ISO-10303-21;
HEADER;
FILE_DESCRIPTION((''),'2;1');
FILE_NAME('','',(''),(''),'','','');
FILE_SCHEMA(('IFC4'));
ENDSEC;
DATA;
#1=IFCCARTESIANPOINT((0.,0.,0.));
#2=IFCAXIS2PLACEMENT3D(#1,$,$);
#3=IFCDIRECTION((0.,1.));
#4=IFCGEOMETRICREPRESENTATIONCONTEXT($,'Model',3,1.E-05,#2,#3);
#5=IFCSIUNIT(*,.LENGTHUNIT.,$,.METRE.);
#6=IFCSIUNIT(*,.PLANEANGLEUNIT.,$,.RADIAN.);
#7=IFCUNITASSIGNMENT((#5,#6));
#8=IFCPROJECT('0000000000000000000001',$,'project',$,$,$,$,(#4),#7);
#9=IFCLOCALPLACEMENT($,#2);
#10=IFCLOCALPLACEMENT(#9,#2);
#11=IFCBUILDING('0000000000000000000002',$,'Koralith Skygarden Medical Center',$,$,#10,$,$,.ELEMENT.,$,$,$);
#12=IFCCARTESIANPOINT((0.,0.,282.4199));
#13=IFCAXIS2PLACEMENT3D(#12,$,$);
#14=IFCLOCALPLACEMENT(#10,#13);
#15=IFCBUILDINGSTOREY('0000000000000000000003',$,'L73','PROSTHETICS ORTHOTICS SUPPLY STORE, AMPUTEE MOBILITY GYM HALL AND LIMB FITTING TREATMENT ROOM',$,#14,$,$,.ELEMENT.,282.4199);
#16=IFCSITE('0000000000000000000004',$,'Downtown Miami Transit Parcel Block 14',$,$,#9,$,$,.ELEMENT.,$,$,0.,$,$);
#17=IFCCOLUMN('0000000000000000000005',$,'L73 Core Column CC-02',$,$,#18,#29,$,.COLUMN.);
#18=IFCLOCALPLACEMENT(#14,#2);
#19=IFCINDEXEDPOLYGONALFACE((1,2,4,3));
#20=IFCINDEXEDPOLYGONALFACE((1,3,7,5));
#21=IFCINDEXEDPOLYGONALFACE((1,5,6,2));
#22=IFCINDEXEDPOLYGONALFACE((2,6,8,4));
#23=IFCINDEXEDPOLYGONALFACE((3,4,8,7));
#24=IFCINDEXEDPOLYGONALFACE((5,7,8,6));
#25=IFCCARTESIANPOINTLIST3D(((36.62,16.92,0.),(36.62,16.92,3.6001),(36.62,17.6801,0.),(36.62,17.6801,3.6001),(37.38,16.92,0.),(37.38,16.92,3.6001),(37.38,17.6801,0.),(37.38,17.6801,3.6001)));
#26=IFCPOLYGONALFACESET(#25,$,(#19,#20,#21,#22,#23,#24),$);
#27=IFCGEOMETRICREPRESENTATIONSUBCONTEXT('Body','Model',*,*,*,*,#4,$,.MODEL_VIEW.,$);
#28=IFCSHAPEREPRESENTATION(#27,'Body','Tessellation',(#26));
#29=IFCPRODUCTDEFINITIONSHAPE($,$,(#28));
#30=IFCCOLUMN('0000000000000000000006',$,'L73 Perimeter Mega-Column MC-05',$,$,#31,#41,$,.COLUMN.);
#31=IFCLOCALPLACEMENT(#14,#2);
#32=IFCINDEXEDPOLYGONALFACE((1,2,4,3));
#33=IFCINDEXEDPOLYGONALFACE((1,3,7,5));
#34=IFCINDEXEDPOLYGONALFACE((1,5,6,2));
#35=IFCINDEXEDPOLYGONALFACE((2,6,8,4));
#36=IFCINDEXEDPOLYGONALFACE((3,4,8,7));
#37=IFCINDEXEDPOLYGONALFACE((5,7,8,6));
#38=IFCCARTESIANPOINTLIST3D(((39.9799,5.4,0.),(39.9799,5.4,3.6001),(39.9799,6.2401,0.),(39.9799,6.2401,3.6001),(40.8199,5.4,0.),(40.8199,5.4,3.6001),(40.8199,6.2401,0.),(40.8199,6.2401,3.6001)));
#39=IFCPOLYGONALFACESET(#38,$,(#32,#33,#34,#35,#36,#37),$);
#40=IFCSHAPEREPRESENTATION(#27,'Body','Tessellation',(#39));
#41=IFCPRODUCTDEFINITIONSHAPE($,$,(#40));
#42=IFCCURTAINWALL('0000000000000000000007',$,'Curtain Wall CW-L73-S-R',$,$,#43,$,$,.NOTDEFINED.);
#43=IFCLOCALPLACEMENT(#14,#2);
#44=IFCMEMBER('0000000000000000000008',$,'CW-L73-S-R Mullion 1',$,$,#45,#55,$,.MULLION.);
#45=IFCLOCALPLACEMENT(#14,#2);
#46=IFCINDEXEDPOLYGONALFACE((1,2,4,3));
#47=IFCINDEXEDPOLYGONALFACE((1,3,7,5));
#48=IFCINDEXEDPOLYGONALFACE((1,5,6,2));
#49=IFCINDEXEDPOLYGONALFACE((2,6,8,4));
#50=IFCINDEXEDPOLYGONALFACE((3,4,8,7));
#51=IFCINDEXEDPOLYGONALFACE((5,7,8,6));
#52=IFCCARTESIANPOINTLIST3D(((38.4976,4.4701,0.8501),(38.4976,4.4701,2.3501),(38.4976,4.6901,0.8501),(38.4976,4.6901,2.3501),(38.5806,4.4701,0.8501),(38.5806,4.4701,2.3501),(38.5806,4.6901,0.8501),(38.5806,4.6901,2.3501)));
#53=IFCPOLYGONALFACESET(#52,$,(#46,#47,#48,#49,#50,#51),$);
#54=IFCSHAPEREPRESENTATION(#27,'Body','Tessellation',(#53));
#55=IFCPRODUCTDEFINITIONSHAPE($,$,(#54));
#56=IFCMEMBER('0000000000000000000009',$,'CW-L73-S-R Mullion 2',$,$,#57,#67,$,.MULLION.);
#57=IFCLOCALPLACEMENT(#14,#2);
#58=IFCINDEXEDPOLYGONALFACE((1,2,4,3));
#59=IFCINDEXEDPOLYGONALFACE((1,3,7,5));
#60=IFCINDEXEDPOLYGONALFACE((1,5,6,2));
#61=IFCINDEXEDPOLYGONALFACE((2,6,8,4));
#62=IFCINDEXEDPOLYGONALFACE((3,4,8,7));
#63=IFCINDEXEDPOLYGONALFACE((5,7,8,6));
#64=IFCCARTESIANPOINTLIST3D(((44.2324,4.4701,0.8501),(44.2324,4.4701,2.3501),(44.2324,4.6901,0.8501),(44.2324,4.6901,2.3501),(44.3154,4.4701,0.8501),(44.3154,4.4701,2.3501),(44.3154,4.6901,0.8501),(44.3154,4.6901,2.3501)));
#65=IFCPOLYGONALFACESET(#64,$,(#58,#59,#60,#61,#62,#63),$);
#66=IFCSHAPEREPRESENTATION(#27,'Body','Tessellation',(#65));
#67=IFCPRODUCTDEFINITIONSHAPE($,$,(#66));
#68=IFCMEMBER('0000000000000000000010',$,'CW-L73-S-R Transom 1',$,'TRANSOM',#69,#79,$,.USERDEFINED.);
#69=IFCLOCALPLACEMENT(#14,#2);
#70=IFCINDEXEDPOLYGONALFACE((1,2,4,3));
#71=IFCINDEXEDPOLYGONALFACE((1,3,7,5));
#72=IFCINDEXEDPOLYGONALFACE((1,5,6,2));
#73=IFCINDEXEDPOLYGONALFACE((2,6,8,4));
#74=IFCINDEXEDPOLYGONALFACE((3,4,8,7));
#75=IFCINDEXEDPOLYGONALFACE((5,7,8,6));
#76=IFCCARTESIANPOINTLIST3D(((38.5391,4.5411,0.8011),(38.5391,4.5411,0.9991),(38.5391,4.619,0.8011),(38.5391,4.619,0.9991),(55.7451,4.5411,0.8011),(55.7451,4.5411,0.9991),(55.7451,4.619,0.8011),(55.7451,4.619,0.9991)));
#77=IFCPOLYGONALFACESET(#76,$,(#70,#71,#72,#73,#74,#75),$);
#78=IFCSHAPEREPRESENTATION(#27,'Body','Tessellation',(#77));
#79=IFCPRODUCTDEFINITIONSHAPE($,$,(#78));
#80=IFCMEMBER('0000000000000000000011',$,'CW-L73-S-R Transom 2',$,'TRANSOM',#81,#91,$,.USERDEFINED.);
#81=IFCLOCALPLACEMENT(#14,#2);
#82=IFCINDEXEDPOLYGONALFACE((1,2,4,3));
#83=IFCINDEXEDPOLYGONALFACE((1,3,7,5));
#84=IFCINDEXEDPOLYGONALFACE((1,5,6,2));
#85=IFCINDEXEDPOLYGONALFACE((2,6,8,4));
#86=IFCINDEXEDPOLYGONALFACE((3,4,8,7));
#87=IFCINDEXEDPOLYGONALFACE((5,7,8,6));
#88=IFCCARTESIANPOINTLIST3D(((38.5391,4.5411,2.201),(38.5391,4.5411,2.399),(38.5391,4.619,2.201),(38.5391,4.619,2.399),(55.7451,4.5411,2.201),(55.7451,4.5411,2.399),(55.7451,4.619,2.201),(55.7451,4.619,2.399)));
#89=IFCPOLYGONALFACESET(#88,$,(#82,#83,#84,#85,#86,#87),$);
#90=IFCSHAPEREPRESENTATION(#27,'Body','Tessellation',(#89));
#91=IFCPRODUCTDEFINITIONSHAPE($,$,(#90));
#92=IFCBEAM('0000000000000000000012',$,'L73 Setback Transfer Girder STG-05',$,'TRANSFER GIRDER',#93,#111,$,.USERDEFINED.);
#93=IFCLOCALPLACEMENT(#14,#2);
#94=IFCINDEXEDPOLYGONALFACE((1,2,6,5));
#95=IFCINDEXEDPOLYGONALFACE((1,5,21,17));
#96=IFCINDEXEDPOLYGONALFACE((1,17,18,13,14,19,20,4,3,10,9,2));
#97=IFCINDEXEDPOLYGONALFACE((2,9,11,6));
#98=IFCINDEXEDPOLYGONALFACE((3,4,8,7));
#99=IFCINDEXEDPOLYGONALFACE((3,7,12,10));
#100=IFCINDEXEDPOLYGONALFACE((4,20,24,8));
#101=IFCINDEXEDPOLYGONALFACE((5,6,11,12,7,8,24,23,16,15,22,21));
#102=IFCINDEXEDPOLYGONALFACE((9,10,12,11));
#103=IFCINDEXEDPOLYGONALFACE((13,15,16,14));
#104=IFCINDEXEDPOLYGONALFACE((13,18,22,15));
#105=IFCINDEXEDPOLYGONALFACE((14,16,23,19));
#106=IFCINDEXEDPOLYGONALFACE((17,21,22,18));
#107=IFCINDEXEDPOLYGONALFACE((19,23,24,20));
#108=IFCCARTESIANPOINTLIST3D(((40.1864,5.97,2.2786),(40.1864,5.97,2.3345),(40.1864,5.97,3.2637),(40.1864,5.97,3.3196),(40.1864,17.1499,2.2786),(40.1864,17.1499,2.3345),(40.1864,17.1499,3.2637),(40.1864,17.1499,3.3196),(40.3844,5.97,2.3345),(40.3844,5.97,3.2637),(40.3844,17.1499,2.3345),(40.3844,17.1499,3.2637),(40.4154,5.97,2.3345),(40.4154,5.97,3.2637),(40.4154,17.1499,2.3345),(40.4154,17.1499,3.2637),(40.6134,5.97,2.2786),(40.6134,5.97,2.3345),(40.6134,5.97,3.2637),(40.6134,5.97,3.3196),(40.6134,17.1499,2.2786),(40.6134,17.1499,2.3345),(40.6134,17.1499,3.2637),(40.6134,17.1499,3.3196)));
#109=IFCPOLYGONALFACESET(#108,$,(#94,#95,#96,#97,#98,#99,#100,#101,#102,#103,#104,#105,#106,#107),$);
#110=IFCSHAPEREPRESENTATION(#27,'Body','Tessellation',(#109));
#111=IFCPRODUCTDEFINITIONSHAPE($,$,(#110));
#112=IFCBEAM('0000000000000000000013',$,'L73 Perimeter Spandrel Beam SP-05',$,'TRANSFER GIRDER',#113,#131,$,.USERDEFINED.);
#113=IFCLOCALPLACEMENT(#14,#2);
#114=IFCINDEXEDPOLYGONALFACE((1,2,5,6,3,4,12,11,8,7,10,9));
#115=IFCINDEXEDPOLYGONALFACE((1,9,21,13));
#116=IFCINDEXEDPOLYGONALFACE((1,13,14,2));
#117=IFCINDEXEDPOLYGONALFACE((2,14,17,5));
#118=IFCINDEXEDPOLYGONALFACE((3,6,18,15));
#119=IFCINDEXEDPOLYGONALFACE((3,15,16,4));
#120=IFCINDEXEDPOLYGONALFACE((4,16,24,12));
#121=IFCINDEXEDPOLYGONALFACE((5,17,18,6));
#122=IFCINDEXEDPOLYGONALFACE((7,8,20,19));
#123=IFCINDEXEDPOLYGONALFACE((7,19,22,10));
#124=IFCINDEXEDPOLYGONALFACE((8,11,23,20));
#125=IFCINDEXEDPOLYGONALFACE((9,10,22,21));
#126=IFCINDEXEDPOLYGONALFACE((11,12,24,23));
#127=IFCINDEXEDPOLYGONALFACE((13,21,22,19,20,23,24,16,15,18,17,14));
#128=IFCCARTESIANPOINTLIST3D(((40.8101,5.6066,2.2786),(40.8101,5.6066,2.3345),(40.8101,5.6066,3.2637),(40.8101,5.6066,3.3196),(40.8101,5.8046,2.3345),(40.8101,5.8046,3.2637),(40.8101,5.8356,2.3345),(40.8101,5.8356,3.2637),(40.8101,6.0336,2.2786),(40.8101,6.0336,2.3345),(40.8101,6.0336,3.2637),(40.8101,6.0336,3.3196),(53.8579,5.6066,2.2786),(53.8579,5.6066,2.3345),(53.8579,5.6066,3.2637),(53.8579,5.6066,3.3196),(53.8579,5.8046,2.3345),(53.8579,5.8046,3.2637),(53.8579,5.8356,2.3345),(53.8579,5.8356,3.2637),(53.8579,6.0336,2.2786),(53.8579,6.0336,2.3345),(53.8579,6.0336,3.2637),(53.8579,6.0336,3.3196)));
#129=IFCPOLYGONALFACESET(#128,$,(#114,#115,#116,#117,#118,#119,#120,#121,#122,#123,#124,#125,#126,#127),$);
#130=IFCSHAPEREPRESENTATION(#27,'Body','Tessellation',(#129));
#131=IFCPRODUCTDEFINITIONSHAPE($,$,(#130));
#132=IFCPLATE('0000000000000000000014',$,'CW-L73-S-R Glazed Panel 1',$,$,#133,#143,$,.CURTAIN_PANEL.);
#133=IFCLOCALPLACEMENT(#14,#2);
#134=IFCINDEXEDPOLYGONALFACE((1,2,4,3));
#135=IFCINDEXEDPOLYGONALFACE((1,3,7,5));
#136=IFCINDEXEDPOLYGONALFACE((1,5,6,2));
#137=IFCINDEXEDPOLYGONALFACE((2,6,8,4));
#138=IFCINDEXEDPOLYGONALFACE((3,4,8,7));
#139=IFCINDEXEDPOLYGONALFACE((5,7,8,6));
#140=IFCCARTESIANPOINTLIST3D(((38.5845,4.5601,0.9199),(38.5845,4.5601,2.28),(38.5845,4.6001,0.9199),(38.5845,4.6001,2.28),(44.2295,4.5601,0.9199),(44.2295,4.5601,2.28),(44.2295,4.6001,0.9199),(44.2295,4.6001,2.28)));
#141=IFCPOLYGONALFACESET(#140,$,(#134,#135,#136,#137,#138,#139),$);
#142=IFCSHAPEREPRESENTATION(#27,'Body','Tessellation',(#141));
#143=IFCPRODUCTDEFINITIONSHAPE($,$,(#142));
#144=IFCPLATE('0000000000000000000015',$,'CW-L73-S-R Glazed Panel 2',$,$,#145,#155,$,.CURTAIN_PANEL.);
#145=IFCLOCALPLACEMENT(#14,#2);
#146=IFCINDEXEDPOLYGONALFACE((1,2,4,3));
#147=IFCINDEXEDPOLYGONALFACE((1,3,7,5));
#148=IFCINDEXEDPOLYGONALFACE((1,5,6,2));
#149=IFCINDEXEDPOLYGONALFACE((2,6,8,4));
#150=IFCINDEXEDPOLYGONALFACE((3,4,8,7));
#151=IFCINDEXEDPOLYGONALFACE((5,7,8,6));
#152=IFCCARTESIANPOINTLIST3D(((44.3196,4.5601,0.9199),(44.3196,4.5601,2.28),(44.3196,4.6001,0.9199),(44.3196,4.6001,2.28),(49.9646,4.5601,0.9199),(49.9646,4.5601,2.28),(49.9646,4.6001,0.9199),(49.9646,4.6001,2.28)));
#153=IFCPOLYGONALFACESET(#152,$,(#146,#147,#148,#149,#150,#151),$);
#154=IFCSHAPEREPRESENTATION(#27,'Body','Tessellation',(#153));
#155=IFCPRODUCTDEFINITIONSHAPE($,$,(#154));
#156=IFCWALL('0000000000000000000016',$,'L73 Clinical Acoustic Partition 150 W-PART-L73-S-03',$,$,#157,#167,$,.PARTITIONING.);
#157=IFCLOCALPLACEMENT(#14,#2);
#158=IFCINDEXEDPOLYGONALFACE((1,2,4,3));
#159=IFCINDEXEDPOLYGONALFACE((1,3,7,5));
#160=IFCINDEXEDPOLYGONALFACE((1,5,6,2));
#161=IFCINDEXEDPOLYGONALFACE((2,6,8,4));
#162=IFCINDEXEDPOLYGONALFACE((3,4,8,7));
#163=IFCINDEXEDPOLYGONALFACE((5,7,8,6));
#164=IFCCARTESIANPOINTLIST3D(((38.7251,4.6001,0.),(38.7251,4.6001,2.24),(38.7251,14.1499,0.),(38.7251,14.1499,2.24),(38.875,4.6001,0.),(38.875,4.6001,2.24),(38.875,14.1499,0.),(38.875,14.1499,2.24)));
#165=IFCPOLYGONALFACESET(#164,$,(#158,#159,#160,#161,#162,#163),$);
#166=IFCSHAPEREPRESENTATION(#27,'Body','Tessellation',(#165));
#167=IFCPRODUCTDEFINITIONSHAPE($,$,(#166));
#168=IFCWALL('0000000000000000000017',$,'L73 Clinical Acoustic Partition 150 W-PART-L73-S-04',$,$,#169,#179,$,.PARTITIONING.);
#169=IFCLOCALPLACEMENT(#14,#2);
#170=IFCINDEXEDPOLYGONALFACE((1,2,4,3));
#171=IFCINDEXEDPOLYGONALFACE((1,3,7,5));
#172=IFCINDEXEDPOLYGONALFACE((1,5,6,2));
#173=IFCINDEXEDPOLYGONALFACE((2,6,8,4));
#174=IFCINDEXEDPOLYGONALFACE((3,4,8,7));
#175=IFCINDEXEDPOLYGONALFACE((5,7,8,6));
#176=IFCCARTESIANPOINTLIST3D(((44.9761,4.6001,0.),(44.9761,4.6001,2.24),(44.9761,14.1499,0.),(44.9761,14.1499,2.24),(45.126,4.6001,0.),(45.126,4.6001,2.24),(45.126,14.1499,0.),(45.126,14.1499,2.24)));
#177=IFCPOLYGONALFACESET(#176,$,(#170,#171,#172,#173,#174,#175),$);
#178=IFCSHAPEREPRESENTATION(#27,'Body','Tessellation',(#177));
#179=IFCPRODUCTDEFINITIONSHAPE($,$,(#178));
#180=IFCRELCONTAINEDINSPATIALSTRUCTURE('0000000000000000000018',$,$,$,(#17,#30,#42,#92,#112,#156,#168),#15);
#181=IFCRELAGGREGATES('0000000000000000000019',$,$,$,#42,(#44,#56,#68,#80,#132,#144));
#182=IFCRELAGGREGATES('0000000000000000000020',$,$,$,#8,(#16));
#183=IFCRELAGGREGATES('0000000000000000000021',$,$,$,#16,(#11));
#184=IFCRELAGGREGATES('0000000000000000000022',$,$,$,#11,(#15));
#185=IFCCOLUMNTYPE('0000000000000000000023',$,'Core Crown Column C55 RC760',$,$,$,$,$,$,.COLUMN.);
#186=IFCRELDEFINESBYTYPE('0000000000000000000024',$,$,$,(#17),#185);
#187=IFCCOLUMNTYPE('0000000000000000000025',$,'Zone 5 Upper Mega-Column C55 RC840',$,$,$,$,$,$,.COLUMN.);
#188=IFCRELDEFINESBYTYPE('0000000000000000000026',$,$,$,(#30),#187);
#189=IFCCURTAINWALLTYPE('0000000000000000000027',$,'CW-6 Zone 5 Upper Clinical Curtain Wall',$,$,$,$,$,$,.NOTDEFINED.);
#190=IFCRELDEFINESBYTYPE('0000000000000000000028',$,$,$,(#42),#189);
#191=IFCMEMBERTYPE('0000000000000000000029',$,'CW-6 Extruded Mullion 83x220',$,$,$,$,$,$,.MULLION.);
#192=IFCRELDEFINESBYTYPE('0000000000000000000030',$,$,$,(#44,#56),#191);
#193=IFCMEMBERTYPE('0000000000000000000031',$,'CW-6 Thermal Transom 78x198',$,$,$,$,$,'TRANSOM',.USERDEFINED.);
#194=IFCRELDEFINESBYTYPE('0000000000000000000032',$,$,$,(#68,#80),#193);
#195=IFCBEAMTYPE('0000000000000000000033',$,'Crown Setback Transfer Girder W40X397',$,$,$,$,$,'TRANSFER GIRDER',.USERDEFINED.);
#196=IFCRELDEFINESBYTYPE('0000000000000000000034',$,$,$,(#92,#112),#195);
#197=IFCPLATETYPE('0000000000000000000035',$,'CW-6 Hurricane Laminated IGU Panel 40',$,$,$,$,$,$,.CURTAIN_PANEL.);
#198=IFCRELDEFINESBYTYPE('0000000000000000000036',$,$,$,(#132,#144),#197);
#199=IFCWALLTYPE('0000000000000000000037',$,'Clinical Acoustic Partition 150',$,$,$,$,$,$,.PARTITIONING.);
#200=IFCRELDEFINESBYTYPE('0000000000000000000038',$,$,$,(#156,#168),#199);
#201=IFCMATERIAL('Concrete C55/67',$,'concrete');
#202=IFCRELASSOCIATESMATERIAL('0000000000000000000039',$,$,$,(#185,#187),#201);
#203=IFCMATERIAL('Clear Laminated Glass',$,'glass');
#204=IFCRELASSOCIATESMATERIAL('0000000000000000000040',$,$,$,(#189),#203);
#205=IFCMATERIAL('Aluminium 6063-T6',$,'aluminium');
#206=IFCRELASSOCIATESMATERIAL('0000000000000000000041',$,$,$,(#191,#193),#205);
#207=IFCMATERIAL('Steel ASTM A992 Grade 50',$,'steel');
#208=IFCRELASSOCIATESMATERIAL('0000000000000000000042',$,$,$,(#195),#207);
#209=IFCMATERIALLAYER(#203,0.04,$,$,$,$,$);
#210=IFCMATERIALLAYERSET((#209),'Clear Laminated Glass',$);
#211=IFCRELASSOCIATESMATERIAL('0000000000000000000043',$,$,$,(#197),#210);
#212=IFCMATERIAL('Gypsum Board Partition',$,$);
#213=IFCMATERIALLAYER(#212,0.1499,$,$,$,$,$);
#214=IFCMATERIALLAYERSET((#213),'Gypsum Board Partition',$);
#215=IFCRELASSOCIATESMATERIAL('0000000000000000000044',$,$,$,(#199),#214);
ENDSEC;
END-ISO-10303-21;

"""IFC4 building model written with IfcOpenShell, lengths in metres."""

from ifc_helpers import new_model, si_unit, direction, frame, frame_2d, origin, origin_2d, place, context, subcontext, project, spatial, rectangle, i_section, extrude, material, layer, layer_set, material_profile, profile_set, type_object, element, aggregate, save


model = new_model("IFC4")

# Units and contexts
model_context = context("Model", 3, precision=1e-05, world=origin(), true_north=direction((0.0, 1.0)))
body_context = subcontext(model_context, "Body", "Model", "MODEL_VIEW")
ifc_project = project(units=[si_unit("LENGTHUNIT", "METRE"), si_unit("PLANEANGLEUNIT", "RADIAN")], contexts=[model_context])

# Site, building, storey
site_placement = place(None, origin())
site = spatial("IfcSite", under=ifc_project, at=site_placement, Name="Downtown Miami Transit Parcel Block 14", CompositionType="ELEMENT", RefElevation=0.0)
building_placement = place(site_placement, origin())
building = spatial("IfcBuilding", under=site, at=building_placement, Name="Koralith Skygarden Medical Center", CompositionType="ELEMENT")
storey_placement = place(building_placement, frame((0.0, 0.0, 282.4199)))
storey = spatial("IfcBuildingStorey", under=building, at=storey_placement, Name="L73", Description="PROSTHETICS ORTHOTICS SUPPLY STORE, AMPUTEE MOBILITY GYM HALL AND LIMB FITTING TREATMENT ROOM", CompositionType="ELEMENT", Elevation=282.4199)

# Columns
ifc_material_1 = material(Name="Concrete C55/67", Category="concrete")
ifc_material_profile_1 = material_profile(ifc_material_1, rectangle(XDim=0.76, YDim=0.76, at=origin_2d()), Name="RC760X760")
ifc_profile_set_1 = profile_set([ifc_material_profile_1], Name="Concrete C55/67")
column_type_1 = type_object("IfcColumnType", Name="Core Crown Column C55 RC760", PredefinedType="COLUMN", material=ifc_profile_set_1)
column_1_placement = place(storey_placement, frame((37.0, 17.3, 0.0), z_axis=(0.0, 0.0, 1.0), x_axis=(1.0, 0.0, 0.0)))
element("IfcColumn", 1, at=column_1_placement, inside=storey, type_object=column_type_1, Name="L73 Core Column CC-02", PredefinedType="COLUMN", context=body_context, shape_type="SweptSolid", body=[
    extrude(rectangle(XDim=0.76, YDim=0.76, at=origin_2d()), origin(), (0.0, 0.0, 1.0), 3.6001),
])
ifc_material_profile_2 = material_profile(ifc_material_1, rectangle(XDim=0.8401, YDim=0.8401, at=origin_2d()), Name="RC840X840")
ifc_profile_set_2 = profile_set([ifc_material_profile_2], Name="Concrete C55/67")
column_type_2 = type_object("IfcColumnType", Name="Zone 5 Upper Mega-Column C55 RC840", PredefinedType="COLUMN", material=ifc_profile_set_2)
column_2_placement = place(storey_placement, frame((40.3999, 5.8201, 0.0), z_axis=(0.0, 0.0, 1.0), x_axis=(1.0, 0.0, 0.0)))
element("IfcColumn", 2, at=column_2_placement, inside=storey, type_object=column_type_2, Name="L73 Perimeter Mega-Column MC-05", PredefinedType="COLUMN", context=body_context, shape_type="SweptSolid", body=[
    extrude(rectangle(XDim=0.8401, YDim=0.8401, at=origin_2d()), origin(), (0.0, 0.0, 1.0), 3.6001),
])

# Curtain wall, members
ifc_material_2 = material(Name="Clear Laminated Glass", Category="glass")
curtain_wall_type = type_object("IfcCurtainWallType", Name="CW-6 Zone 5 Upper Clinical Curtain Wall", PredefinedType="NOTDEFINED", material=ifc_material_2)
curtain_wall_placement = place(storey_placement, origin())
curtain_wall = element("IfcCurtainWall", 3, at=curtain_wall_placement, inside=storey, type_object=curtain_wall_type, Name="Curtain Wall CW-L73-S-R", PredefinedType="NOTDEFINED")
ifc_material_3 = material(Name="Aluminium 6063-T6", Category="aluminium")
ifc_material_profile_3 = material_profile(ifc_material_3, rectangle(XDim=0.083, YDim=0.22, at=origin_2d()), Name="MUL83X220")
ifc_profile_set_3 = profile_set([ifc_material_profile_3], Name="Aluminium 6063-T6")
member_type_1 = type_object("IfcMemberType", Name="CW-6 Extruded Mullion 83x220", PredefinedType="MULLION", material=ifc_profile_set_3)
member_1_placement = place(storey_placement, frame((38.5391, 4.5801, 0.8501), z_axis=(0.0, 0.0, 1.0), x_axis=(1.0, 0.0, 0.0)))
member_1 = element("IfcMember", 4, at=member_1_placement, type_object=member_type_1, Name="CW-L73-S-R Mullion 1", PredefinedType="MULLION", context=body_context, shape_type="SweptSolid", body=[
    extrude(rectangle(XDim=0.083, YDim=0.22, at=origin_2d()), origin(), (0.0, 0.0, 1.0), 1.5),
])
member_2_placement = place(storey_placement, frame((44.2739, 4.5801, 0.8501), z_axis=(0.0, 0.0, 1.0), x_axis=(1.0, 0.0, 0.0)))
member_2 = element("IfcMember", 5, at=member_2_placement, type_object=member_type_1, Name="CW-L73-S-R Mullion 2", PredefinedType="MULLION", context=body_context, shape_type="SweptSolid", body=[
    extrude(rectangle(XDim=0.083, YDim=0.22, at=origin_2d()), origin(), (0.0, 0.0, 1.0), 1.5),
])
ifc_material_profile_4 = material_profile(ifc_material_3, rectangle(XDim=0.0779, YDim=0.198, at=origin_2d()), Name="TRN78X198")
ifc_profile_set_4 = profile_set([ifc_material_profile_4], Name="Aluminium 6063-T6")
member_type_2 = type_object("IfcMemberType", Name="CW-6 Thermal Transom 78x198", ElementType="TRANSOM", PredefinedType="USERDEFINED", material=ifc_profile_set_4)
member_3_placement = place(storey_placement, frame((38.5391, 4.5801, 0.9001), z_axis=(1.0, 0.0, 0.0), x_axis=(0.0, 1.0, 0.0)))
member_3 = element("IfcMember", 6, at=member_3_placement, type_object=member_type_2, Name="CW-L73-S-R Transom 1", ObjectType="TRANSOM", PredefinedType="USERDEFINED", context=body_context, shape_type="SweptSolid", body=[
    extrude(rectangle(XDim=0.0779, YDim=0.198, at=origin_2d()), origin(), (0.0, 0.0, 1.0), 17.2061),
])
member_4_placement = place(storey_placement, frame((38.5391, 4.5801, 2.3), z_axis=(1.0, 0.0, 0.0), x_axis=(0.0, 1.0, 0.0)))
member_4 = element("IfcMember", 7, at=member_4_placement, type_object=member_type_2, Name="CW-L73-S-R Transom 2", ObjectType="TRANSOM", PredefinedType="USERDEFINED", context=body_context, shape_type="SweptSolid", body=[
    extrude(rectangle(XDim=0.0779, YDim=0.198, at=origin_2d()), origin(), (0.0, 0.0, 1.0), 17.2061),
])

# Beams
ifc_material_4 = material(Name="Steel ASTM A992 Grade 50", Category="steel")
ifc_material_profile_5 = material_profile(ifc_material_4, i_section(OverallWidth=0.427, OverallDepth=1.041, WebThickness=0.031, FlangeThickness=0.0559, at=origin_2d()), Name="W40X397")
ifc_profile_set_5 = profile_set([ifc_material_profile_5], Name="Steel ASTM A992 Grade 50")
beam_type = type_object("IfcBeamType", Name="Crown Setback Transfer Girder W40X397", ElementType="TRANSFER GIRDER", PredefinedType="USERDEFINED", material=ifc_profile_set_5)
beam_1_placement = place(storey_placement, frame((40.3999, 17.1499, 2.7991), z_axis=(0.0, -1.0, 0.0), x_axis=(1.0, 0.0, 0.0)))
element("IfcBeam", 8, at=beam_1_placement, inside=storey, type_object=beam_type, Name="L73 Setback Transfer Girder STG-05", ObjectType="TRANSFER GIRDER", PredefinedType="USERDEFINED", context=body_context, shape_type="SweptSolid", body=[
    extrude(i_section(OverallWidth=0.427, OverallDepth=1.041, WebThickness=0.031, FlangeThickness=0.0559, at=origin_2d()), origin(), (0.0, 0.0, 1.0), 11.1799),
])
beam_2_placement = place(storey_placement, frame((40.8101, 5.8201, 2.7991), z_axis=(1.0, 0.0, 0.0), x_axis=(0.0, 1.0, 0.0)))
element("IfcBeam", 9, at=beam_2_placement, inside=storey, type_object=beam_type, Name="L73 Perimeter Spandrel Beam SP-05", ObjectType="TRANSFER GIRDER", PredefinedType="USERDEFINED", context=body_context, shape_type="SweptSolid", body=[
    extrude(i_section(OverallWidth=0.427, OverallDepth=1.041, WebThickness=0.031, FlangeThickness=0.0559, at=origin_2d()), origin(), (0.0, 0.0, 1.0), 13.0479),
])

# Plates
ifc_layer_1 = layer(ifc_material_2, 0.04)
ifc_layer_set_1 = layer_set([ifc_layer_1], Name="Clear Laminated Glass")
plate_type = type_object("IfcPlateType", Name="CW-6 Hurricane Laminated IGU Panel 40", PredefinedType="CURTAIN_PANEL", material=ifc_layer_set_1)
plate_1_placement = place(storey_placement, frame((41.407, 4.5801, 0.9199), z_axis=(0.0, 0.0, 1.0), x_axis=(1.0, 0.0, 0.0)))
plate_1 = element("IfcPlate", 10, at=plate_1_placement, type_object=plate_type, Name="CW-L73-S-R Glazed Panel 1", PredefinedType="CURTAIN_PANEL", context=body_context, shape_type="SweptSolid", body=[
    extrude(rectangle(XDim=5.645, YDim=0.04, at=origin_2d()), origin(), (0.0, 0.0, 1.0), 1.3601),
])
plate_2_placement = place(storey_placement, frame((47.1421, 4.5801, 0.9199), z_axis=(0.0, 0.0, 1.0), x_axis=(1.0, 0.0, 0.0)))
plate_2 = element("IfcPlate", 11, at=plate_2_placement, type_object=plate_type, Name="CW-L73-S-R Glazed Panel 2", PredefinedType="CURTAIN_PANEL", context=body_context, shape_type="SweptSolid", body=[
    extrude(rectangle(XDim=5.645, YDim=0.04, at=origin_2d()), origin(), (0.0, 0.0, 1.0), 1.3601),
])
aggregate(curtain_wall, [member_1, member_2, member_3, member_4, plate_1, plate_2])

# Walls
ifc_material_5 = material(Name="Gypsum Board Partition")
ifc_layer_2 = layer(ifc_material_5, 0.1499)
ifc_layer_set_2 = layer_set([ifc_layer_2], Name="Gypsum Board Partition")
wall_type_1 = type_object("IfcWallType", Name="Clinical Acoustic Partition 150", PredefinedType="PARTITIONING", material=ifc_layer_set_2)
for number, where, z_axis, x_axis, name in (
    (12, (38.8, 14.1499, 0.0), (0.0, 0.0, 1.0), (0.0, -1.0, 0.0), "L73 Clinical Acoustic Partition 150 W-PART-L73-S-03"),
    (13, (45.051, 14.1499, 0.0), (0.0, 0.0, 1.0), (0.0, -1.0, 0.0), "L73 Clinical Acoustic Partition 150 W-PART-L73-S-04"),
):
    element("IfcWall", number, at=place(storey_placement, frame(where, z_axis=z_axis, x_axis=x_axis)), inside=storey, type_object=wall_type_1, Name=name, PredefinedType="PARTITIONING", context=body_context, shape_type="SweptSolid", body=[
        extrude(rectangle(XDim=9.5498, YDim=0.1499, at=frame_2d((4.7749, 0.0))), origin(), (0.0, 0.0, 1.0), 2.24),
    ])

save(model, "model.ifc")
